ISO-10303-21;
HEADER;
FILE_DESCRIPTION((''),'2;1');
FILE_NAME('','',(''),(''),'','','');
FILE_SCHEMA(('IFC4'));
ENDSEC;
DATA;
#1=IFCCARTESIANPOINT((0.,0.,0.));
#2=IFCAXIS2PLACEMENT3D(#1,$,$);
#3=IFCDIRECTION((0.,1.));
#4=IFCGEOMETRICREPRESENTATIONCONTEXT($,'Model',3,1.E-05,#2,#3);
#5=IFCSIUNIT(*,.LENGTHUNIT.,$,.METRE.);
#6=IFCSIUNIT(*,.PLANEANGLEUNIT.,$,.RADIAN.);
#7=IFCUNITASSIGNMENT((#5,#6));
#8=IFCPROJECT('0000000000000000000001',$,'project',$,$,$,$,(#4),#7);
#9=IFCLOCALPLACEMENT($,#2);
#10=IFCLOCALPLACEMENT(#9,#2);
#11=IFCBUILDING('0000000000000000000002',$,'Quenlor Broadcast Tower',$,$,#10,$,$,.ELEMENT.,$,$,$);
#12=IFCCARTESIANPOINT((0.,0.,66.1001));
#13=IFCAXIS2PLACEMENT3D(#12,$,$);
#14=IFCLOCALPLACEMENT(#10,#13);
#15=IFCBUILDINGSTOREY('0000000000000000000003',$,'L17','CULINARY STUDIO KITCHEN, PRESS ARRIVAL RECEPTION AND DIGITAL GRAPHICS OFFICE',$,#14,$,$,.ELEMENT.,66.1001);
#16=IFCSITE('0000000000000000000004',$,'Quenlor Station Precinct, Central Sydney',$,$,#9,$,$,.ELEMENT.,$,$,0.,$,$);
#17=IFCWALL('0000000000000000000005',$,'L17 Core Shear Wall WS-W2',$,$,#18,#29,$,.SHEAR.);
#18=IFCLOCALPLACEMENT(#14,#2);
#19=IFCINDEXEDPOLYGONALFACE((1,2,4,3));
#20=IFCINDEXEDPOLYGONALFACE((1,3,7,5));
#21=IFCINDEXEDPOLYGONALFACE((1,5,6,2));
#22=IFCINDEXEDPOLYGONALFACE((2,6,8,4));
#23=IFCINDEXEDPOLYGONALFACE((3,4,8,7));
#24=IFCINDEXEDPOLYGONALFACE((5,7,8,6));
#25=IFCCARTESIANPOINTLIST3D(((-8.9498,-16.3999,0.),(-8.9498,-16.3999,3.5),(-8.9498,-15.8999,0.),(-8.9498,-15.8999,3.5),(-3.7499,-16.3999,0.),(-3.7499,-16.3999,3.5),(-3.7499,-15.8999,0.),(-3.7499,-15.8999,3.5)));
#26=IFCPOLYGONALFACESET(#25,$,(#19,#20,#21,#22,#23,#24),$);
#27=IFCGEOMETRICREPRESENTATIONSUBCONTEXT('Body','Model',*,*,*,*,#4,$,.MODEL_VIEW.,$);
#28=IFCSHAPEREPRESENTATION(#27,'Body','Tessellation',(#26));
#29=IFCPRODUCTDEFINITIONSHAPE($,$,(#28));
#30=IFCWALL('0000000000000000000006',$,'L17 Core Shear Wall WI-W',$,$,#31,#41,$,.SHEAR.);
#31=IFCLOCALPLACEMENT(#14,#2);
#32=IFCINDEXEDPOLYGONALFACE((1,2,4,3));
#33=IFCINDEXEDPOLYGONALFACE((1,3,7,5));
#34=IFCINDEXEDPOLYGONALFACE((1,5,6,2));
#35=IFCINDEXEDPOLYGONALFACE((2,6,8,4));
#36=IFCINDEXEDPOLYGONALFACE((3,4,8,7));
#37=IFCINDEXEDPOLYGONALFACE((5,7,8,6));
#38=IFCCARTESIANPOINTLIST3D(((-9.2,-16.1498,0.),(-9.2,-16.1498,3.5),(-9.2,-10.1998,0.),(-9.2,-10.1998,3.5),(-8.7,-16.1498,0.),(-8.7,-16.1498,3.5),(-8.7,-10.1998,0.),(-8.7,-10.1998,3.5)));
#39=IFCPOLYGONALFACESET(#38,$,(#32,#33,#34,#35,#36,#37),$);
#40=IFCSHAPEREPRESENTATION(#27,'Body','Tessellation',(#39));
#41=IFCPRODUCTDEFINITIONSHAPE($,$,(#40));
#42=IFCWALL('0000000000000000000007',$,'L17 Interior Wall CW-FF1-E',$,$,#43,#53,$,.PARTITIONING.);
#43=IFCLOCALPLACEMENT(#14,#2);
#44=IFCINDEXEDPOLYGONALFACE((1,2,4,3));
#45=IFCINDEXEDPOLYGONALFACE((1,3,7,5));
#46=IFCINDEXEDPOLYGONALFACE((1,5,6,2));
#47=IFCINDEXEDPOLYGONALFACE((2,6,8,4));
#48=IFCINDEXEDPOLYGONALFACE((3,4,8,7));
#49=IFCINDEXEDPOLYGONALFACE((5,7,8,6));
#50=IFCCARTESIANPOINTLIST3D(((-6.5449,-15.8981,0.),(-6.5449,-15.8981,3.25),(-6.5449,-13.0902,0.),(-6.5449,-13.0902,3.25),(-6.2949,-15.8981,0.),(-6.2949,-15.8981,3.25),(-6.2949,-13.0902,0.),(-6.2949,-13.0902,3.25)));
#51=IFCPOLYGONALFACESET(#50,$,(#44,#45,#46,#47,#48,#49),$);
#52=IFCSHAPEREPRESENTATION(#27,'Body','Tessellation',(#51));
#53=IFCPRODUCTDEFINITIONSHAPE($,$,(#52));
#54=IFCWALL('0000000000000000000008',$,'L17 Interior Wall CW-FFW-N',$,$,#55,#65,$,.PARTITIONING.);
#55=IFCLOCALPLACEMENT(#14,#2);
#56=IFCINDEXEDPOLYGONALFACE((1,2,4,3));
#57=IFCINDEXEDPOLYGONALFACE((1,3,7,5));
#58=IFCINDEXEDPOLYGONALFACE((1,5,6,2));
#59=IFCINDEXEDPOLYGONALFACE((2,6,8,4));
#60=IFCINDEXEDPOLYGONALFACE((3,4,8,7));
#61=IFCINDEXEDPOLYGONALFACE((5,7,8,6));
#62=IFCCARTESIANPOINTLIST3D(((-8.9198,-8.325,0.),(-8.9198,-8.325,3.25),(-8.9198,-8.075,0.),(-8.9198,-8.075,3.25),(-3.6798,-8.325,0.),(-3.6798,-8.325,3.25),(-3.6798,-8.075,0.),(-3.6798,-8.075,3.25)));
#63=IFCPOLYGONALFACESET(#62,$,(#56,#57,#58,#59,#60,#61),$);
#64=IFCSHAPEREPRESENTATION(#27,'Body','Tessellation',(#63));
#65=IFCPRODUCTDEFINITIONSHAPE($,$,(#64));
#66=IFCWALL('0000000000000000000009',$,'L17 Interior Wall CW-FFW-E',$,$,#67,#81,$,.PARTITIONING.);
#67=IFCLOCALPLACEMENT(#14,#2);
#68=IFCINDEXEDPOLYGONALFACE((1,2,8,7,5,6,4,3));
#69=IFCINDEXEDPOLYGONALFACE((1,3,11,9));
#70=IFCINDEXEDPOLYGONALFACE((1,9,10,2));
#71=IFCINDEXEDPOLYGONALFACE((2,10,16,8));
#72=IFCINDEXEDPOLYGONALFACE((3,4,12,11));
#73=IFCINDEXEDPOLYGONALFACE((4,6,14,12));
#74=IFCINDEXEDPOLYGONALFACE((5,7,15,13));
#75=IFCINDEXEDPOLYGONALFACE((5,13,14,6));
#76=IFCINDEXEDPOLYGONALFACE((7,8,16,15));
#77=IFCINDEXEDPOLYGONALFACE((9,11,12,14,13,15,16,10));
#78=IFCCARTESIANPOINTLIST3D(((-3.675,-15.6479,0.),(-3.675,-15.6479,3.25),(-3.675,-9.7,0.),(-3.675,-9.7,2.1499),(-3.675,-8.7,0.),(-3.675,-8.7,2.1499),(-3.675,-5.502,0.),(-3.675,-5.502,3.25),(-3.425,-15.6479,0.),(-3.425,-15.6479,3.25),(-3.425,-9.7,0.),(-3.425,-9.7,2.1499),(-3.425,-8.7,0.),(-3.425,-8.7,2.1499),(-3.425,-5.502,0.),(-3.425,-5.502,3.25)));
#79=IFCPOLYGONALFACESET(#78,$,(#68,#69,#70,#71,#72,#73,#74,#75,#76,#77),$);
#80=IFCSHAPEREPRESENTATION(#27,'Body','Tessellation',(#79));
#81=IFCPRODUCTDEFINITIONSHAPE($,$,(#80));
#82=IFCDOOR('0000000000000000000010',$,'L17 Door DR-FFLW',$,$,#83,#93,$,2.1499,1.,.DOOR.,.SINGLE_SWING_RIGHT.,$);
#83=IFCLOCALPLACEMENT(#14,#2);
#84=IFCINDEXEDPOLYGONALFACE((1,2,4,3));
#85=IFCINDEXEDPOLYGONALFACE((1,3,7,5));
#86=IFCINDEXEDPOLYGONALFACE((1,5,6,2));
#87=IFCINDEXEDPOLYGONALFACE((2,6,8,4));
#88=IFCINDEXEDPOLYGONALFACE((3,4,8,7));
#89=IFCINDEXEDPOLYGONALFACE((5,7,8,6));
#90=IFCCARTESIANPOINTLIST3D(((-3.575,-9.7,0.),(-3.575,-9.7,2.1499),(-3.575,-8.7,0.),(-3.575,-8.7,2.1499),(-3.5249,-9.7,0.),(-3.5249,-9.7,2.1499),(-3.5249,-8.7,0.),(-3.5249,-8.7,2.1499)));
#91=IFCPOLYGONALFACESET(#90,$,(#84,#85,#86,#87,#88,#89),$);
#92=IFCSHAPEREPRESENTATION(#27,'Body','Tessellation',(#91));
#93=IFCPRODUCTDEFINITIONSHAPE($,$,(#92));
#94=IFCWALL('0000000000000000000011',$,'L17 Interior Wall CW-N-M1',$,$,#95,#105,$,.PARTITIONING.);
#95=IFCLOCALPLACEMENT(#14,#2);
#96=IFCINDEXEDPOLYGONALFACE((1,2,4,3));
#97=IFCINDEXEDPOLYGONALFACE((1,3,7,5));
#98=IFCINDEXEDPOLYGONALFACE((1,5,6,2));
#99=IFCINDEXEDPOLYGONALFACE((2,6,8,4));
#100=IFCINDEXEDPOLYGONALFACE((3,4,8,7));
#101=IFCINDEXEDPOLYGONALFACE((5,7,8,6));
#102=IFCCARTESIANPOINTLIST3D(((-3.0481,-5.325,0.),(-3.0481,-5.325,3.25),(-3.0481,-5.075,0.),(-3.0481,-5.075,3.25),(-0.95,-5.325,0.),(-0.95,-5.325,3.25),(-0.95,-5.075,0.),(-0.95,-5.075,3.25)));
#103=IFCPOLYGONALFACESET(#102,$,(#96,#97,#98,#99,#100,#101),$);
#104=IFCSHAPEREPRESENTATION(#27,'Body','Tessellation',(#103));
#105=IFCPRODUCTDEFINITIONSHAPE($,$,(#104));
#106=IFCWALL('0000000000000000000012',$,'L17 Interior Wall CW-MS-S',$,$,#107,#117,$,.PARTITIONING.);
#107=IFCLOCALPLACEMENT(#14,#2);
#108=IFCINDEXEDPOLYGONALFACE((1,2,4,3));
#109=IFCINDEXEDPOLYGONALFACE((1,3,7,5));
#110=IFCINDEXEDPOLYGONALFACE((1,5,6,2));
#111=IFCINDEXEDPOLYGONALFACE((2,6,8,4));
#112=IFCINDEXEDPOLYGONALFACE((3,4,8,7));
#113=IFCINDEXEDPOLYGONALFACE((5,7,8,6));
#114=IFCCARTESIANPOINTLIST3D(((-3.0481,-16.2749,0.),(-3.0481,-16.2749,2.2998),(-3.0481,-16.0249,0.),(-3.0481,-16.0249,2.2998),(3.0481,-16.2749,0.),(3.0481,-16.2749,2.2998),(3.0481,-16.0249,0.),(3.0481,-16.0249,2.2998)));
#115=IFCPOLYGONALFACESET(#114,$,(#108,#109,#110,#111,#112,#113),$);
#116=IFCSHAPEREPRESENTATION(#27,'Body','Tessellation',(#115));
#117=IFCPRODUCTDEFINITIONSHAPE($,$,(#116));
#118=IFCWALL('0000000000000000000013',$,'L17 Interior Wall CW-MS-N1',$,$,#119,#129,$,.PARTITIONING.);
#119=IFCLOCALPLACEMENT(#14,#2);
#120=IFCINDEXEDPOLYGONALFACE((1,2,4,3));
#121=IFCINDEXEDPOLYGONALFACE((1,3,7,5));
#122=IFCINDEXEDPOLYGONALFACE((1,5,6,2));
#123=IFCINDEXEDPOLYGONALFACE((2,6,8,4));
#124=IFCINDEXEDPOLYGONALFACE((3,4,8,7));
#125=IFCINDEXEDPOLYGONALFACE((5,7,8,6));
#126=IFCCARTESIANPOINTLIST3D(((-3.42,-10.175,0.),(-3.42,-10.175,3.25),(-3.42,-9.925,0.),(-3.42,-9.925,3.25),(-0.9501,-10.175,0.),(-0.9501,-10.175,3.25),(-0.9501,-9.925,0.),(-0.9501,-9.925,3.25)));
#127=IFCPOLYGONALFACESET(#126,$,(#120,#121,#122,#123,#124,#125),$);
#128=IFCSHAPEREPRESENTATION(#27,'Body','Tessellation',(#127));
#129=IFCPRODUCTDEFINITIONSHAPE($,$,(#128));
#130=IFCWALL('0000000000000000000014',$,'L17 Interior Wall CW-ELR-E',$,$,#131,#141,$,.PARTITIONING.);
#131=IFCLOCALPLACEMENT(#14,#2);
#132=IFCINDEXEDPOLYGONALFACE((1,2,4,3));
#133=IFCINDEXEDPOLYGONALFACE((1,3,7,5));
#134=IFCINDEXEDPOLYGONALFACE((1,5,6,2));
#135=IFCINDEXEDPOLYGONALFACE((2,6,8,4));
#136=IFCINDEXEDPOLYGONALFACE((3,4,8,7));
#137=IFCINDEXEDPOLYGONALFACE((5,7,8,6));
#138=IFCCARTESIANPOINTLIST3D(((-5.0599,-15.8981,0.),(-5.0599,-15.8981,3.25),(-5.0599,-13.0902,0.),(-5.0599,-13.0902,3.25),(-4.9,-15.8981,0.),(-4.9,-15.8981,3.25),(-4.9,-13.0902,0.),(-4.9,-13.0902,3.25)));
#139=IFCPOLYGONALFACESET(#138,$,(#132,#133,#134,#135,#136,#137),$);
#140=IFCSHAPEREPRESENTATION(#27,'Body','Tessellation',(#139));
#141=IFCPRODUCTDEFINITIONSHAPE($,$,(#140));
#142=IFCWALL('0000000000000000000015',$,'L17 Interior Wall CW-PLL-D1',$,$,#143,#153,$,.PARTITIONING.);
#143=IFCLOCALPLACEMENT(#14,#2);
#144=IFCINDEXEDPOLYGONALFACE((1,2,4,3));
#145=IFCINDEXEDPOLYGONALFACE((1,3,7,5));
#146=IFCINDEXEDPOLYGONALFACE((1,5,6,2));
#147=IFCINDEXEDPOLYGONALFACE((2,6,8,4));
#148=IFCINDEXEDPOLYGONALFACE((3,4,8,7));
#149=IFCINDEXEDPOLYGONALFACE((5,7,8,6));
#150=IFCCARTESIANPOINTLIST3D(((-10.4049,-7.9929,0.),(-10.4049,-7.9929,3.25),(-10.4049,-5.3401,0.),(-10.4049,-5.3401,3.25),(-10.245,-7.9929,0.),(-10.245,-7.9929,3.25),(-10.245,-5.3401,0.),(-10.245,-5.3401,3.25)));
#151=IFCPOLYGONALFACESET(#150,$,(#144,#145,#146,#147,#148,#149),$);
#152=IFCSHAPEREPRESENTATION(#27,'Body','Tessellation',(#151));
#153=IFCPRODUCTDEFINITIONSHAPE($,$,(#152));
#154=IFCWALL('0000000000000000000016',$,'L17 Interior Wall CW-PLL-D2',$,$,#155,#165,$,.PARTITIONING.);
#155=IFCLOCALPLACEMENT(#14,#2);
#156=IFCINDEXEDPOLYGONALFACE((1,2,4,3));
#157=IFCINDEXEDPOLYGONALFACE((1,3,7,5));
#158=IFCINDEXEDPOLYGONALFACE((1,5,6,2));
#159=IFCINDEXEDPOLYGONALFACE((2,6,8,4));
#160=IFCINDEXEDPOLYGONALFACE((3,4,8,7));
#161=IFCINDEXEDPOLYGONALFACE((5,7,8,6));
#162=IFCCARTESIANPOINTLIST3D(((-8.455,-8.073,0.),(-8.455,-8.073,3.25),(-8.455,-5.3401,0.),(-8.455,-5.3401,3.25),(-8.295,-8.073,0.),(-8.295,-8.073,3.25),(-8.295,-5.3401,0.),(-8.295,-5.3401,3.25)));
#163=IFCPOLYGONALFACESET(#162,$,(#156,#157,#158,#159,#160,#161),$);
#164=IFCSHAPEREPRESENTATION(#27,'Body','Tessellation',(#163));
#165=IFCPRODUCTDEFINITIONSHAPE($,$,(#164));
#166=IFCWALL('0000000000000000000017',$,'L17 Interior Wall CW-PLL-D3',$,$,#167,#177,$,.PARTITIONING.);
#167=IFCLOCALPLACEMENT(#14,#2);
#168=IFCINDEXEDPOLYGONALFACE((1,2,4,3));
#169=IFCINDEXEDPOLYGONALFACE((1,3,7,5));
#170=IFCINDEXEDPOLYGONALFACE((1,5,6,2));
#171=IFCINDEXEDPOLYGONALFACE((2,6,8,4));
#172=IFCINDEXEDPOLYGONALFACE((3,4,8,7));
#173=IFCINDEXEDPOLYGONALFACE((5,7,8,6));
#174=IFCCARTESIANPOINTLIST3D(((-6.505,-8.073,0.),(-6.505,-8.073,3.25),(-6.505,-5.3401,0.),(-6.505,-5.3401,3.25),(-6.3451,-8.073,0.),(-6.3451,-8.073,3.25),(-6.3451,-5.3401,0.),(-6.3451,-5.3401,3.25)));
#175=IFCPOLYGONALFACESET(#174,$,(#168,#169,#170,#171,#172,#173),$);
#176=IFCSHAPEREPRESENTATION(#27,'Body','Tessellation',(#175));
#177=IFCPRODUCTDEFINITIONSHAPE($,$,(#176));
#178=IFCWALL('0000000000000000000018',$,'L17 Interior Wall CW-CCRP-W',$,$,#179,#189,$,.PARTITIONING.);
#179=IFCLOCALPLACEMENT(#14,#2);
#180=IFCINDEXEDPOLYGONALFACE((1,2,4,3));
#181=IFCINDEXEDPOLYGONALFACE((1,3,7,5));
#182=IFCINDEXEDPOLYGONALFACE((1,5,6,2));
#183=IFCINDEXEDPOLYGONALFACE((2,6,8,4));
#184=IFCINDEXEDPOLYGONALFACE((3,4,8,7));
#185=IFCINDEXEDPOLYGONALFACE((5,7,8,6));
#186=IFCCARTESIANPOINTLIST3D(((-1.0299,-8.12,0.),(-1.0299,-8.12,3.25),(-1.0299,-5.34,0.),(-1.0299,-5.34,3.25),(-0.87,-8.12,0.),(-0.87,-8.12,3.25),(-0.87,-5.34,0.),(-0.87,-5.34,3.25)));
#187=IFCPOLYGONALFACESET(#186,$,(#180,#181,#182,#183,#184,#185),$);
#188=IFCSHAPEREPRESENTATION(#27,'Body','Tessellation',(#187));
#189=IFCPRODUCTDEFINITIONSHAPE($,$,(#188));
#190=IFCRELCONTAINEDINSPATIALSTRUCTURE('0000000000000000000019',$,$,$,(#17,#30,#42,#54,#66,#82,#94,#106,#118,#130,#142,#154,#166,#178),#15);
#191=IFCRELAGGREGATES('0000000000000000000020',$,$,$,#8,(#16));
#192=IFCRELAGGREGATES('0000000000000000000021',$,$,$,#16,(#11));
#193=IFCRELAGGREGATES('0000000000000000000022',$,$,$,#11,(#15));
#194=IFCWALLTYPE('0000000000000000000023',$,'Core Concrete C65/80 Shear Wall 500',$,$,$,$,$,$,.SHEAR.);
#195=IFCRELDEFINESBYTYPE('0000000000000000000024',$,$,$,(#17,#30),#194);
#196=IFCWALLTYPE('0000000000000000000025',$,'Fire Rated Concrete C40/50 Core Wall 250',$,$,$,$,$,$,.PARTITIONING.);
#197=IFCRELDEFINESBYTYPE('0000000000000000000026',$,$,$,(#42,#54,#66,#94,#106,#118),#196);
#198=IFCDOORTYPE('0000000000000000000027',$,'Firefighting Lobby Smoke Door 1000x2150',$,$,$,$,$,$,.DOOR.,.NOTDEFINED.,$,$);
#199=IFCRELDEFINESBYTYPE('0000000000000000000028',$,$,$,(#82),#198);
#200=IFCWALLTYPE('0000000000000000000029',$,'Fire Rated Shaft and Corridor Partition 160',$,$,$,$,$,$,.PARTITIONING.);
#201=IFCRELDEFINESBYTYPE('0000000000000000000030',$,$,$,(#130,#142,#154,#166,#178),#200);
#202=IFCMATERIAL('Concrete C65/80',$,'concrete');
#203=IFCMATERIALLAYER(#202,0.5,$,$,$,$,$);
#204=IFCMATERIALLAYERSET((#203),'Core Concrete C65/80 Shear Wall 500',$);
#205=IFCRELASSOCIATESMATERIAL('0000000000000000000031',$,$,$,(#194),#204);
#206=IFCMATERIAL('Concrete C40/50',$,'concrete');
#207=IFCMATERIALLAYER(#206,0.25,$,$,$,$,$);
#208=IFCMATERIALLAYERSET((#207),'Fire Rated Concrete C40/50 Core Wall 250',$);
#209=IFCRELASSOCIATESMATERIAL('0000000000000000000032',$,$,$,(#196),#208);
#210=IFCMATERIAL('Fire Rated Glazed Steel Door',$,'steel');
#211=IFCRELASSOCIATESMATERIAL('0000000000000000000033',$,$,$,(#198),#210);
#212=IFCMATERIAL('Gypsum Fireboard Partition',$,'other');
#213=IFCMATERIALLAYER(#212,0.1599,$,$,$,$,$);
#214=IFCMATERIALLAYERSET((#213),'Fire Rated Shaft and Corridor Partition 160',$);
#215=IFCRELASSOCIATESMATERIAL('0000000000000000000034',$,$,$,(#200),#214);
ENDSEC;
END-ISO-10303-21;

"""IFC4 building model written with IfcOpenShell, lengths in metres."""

from ifc_helpers import new_model, si_unit, direction, frame, frame_2d, origin, place, context, subcontext, project, spatial, rectangle, extrude, material, layer, layer_set, type_object, element, fill, save


model = new_model("IFC4")

# Units and contexts
model_context = context("Model", 3, precision=1e-05, world=origin(), true_north=direction((0.0, 1.0)))
body_context = subcontext(model_context, "Body", "Model", "MODEL_VIEW")
ifc_project = project(units=[si_unit("LENGTHUNIT", "METRE"), si_unit("PLANEANGLEUNIT", "RADIAN")], contexts=[model_context])

# Site, building, storey
site_placement = place(None, origin())
site = spatial("IfcSite", under=ifc_project, at=site_placement, Name="Quenlor Station Precinct, Central Sydney", CompositionType="ELEMENT", RefElevation=0.0)
building_placement = place(site_placement, origin())
building = spatial("IfcBuilding", under=site, at=building_placement, Name="Quenlor Broadcast Tower", CompositionType="ELEMENT")
storey_placement = place(building_placement, frame((0.0, 0.0, 66.1001)))
storey = spatial("IfcBuildingStorey", under=building, at=storey_placement, Name="L17", Description="CULINARY STUDIO KITCHEN, PRESS ARRIVAL RECEPTION AND DIGITAL GRAPHICS OFFICE", CompositionType="ELEMENT", Elevation=66.1001)

# Walls
ifc_material_1 = material(Name="Concrete C65/80", Category="concrete")
ifc_layer_1 = layer(ifc_material_1, 0.5)
ifc_layer_set_1 = layer_set([ifc_layer_1], Name="Core Concrete C65/80 Shear Wall 500")
wall_type_1 = type_object("IfcWallType", Name="Core Concrete C65/80 Shear Wall 500", PredefinedType="SHEAR", material=ifc_layer_set_1)
wall_1_placement = place(storey_placement, frame((-8.95, -16.1499, 0.0), z_axis=(0.0, 0.0, 1.0), x_axis=(1.0, 0.0, 0.0)))
element("IfcWall", 1, at=wall_1_placement, inside=storey, type_object=wall_type_1, Name="L17 Core Shear Wall WS-W2", PredefinedType="SHEAR", context=body_context, shape_type="SweptSolid", body=[
    extrude(rectangle(XDim=5.2, YDim=0.5, at=frame_2d((2.6001, 0.0))), origin(), (0.0, 0.0, 1.0), 3.5),
])
wall_2_placement = place(storey_placement, frame((-8.95, -16.1499, 0.0), z_axis=(0.0, 0.0, 1.0), x_axis=(0.0, 1.0, 0.0)))
element("IfcWall", 2, at=wall_2_placement, inside=storey, type_object=wall_type_1, Name="L17 Core Shear Wall WI-W", PredefinedType="SHEAR", context=body_context, shape_type="SweptSolid", body=[
    extrude(rectangle(XDim=5.95, YDim=0.5, at=frame_2d((2.9751, 0.0))), origin(), (0.0, 0.0, 1.0), 3.5),
])

# Shared definitions
ifc_material_2 = material(Name="Concrete C40/50", Category="concrete")
ifc_layer_2 = layer(ifc_material_2, 0.25)
ifc_layer_set_2 = layer_set([ifc_layer_2], Name="Fire Rated Concrete C40/50 Core Wall 250")
wall_type_2 = type_object("IfcWallType", Name="Fire Rated Concrete C40/50 Core Wall 250", PredefinedType="PARTITIONING", material=ifc_layer_set_2)

# Walls
wall_3_placement = place(storey_placement, frame((-6.4199, -15.8979, 0.0), z_axis=(0.0, 0.0, 1.0), x_axis=(0.0, 1.0, 0.0)))
element("IfcWall", 3, at=wall_3_placement, inside=storey, type_object=wall_type_2, Name="L17 Interior Wall CW-FF1-E", PredefinedType="PARTITIONING", context=body_context, shape_type="SweptSolid", body=[
    extrude(rectangle(XDim=2.8079, YDim=0.25, at=frame_2d((1.4038, 0.0))), origin(), (0.0, 0.0, 1.0), 3.25),
])
wall_4_placement = place(storey_placement, frame((-8.9199, -8.2, 0.0), z_axis=(0.0, 0.0, 1.0), x_axis=(1.0, 0.0, 0.0)))
element("IfcWall", 4, at=wall_4_placement, inside=storey, type_object=wall_type_2, Name="L17 Interior Wall CW-FFW-N", PredefinedType="PARTITIONING", context=body_context, shape_type="SweptSolid", body=[
    extrude(rectangle(XDim=5.24, YDim=0.25, at=frame_2d((2.6201, 0.0))), origin(), (0.0, 0.0, 1.0), 3.25),
])

# Wall, opening, door
wall_5_placement = place(storey_placement, frame((-3.55, -15.6479, 0.0), z_axis=(0.0, 0.0, 1.0), x_axis=(0.0, 1.0, 0.0)))
wall_5 = element("IfcWall", 5, at=wall_5_placement, inside=storey, type_object=wall_type_2, Name="L17 Interior Wall CW-FFW-E", PredefinedType="PARTITIONING", context=body_context, shape_type="SweptSolid", body=[
    extrude(rectangle(XDim=10.146, YDim=0.25, at=frame_2d((5.073, 0.0))), origin(), (0.0, 0.0, 1.0), 3.25),
])
opening_1_placement = place(wall_5_placement, frame((5.948, 0.0, 0.0)))
opening_1 = element("IfcOpeningElement", 6, at=opening_1_placement, cuts=wall_5, PredefinedType="OPENING", context=body_context, shape_type="SweptSolid", body=[
    extrude(rectangle(XDim=1.0, YDim=2.1499, at=frame_2d((0.5, 1.075))), frame((0.0, 0.135, 0.0), z_axis=(0.0, -1.0, 0.0), x_axis=(1.0, 0.0, 0.0)), (0.0, 0.0, 1.0), 0.27),
])
ifc_material_3 = material(Name="Fire Rated Glazed Steel Door", Category="steel")
door_type_1 = type_object("IfcDoorType", Name="Firefighting Lobby Smoke Door 1000x2150", OperationType="NOTDEFINED", PredefinedType="DOOR", material=ifc_material_3)
door_1_placement = place(opening_1_placement, origin())
door_1 = element("IfcDoor", 7, at=door_1_placement, inside=storey, type_object=door_type_1, Name="L17 Door DR-FFLW", OperationType="SINGLE_SWING_RIGHT", OverallHeight=2.1499, OverallWidth=1.0, PredefinedType="DOOR", context=body_context, shape_type="SweptSolid", body=[
    extrude(rectangle(XDim=1.0, YDim=2.1499, at=frame_2d((0.5, 1.075))), frame((0.0, 0.0249, 0.0), z_axis=(0.0, -1.0, 0.0), x_axis=(1.0, 0.0, 0.0)), (0.0, 0.0, 1.0), 0.05),
])
fill(opening_1, door_1)

# Walls
wall_6_placement = place(storey_placement, frame((-3.0481, -5.2, 0.0), z_axis=(0.0, 0.0, 1.0), x_axis=(1.0, 0.0, 0.0)))
element("IfcWall", 8, at=wall_6_placement, inside=storey, type_object=wall_type_2, Name="L17 Interior Wall CW-N-M1", PredefinedType="PARTITIONING", context=body_context, shape_type="SweptSolid", body=[
    extrude(rectangle(XDim=2.0981, YDim=0.25, at=frame_2d((1.0491, 0.0))), origin(), (0.0, 0.0, 1.0), 3.25),
])
wall_7_placement = place(storey_placement, frame((-3.0481, -16.1499, 0.0), z_axis=(0.0, 0.0, 1.0), x_axis=(1.0, 0.0, 0.0)))
element("IfcWall", 9, at=wall_7_placement, inside=storey, type_object=wall_type_2, Name="L17 Interior Wall CW-MS-S", PredefinedType="PARTITIONING", context=body_context, shape_type="SweptSolid", body=[
    extrude(rectangle(XDim=6.0962, YDim=0.25, at=frame_2d((3.0481, 0.0))), origin(), (0.0, 0.0, 1.0), 2.2998),
])
wall_8_placement = place(storey_placement, frame((-3.4199, -10.05, 0.0), z_axis=(0.0, 0.0, 1.0), x_axis=(1.0, 0.0, 0.0)))
element("IfcWall", 10, at=wall_8_placement, inside=storey, type_object=wall_type_2, Name="L17 Interior Wall CW-MS-N1", PredefinedType="PARTITIONING", context=body_context, shape_type="SweptSolid", body=[
    extrude(rectangle(XDim=2.47, YDim=0.25, at=frame_2d((1.2349, 0.0))), origin(), (0.0, 0.0, 1.0), 3.25),
])
ifc_material_4 = material(Name="Gypsum Fireboard Partition", Category="other")
ifc_layer_3 = layer(ifc_material_4, 0.1599)
ifc_layer_set_3 = layer_set([ifc_layer_3], Name="Fire Rated Shaft and Corridor Partition 160")
wall_type_3 = type_object("IfcWallType", Name="Fire Rated Shaft and Corridor Partition 160", PredefinedType="PARTITIONING", material=ifc_layer_set_3)
wall_9_placement = place(storey_placement, frame((-4.98, -15.8979, 0.0), z_axis=(0.0, 0.0, 1.0), x_axis=(0.0, 1.0, 0.0)))
element("IfcWall", 11, at=wall_9_placement, inside=storey, type_object=wall_type_3, Name="L17 Interior Wall CW-ELR-E", PredefinedType="PARTITIONING", context=body_context, shape_type="SweptSolid", body=[
    extrude(rectangle(XDim=2.8079, YDim=0.1599, at=frame_2d((1.4038, 0.0))), origin(), (0.0, 0.0, 1.0), 3.25),
])
wall_10_placement = place(storey_placement, frame((-10.325, -7.9929, 0.0), z_axis=(0.0, 0.0, 1.0), x_axis=(0.0, 1.0, 0.0)))
element("IfcWall", 12, at=wall_10_placement, inside=storey, type_object=wall_type_3, Name="L17 Interior Wall CW-PLL-D1", PredefinedType="PARTITIONING", context=body_context, shape_type="SweptSolid", body=[
    extrude(rectangle(XDim=2.6528, YDim=0.1599, at=frame_2d((1.3264, 0.0))), origin(), (0.0, 0.0, 1.0), 3.25),
])
for number, where, z_axis, x_axis, name in (
    (13, (-8.375, -8.073, 0.0), (0.0, 0.0, 1.0), (0.0, 1.0, 0.0), "L17 Interior Wall CW-PLL-D2"),
    (14, (-6.425, -8.073, 0.0), (0.0, 0.0, 1.0), (0.0, 1.0, 0.0), "L17 Interior Wall CW-PLL-D3"),
):
    element("IfcWall", number, at=place(storey_placement, frame(where, z_axis=z_axis, x_axis=x_axis)), inside=storey, type_object=wall_type_3, Name=name, PredefinedType="PARTITIONING", context=body_context, shape_type="SweptSolid", body=[
        extrude(rectangle(XDim=2.7329, YDim=0.1599, at=frame_2d((1.3665, 0.0))), origin(), (0.0, 0.0, 1.0), 3.25),
    ])
wall_11_placement = place(storey_placement, frame((-0.95, -8.1201, 0.0), z_axis=(0.0, 0.0, 1.0), x_axis=(0.0, 1.0, 0.0)))
element("IfcWall", 15, at=wall_11_placement, inside=storey, type_object=wall_type_3, Name="L17 Interior Wall CW-CCRP-W", PredefinedType="PARTITIONING", context=body_context, shape_type="SweptSolid", body=[
    extrude(rectangle(XDim=2.78, YDim=0.1599, at=frame_2d((1.3901, 0.0))), origin(), (0.0, 0.0, 1.0), 3.25),
])

save(model, "model.ifc")
